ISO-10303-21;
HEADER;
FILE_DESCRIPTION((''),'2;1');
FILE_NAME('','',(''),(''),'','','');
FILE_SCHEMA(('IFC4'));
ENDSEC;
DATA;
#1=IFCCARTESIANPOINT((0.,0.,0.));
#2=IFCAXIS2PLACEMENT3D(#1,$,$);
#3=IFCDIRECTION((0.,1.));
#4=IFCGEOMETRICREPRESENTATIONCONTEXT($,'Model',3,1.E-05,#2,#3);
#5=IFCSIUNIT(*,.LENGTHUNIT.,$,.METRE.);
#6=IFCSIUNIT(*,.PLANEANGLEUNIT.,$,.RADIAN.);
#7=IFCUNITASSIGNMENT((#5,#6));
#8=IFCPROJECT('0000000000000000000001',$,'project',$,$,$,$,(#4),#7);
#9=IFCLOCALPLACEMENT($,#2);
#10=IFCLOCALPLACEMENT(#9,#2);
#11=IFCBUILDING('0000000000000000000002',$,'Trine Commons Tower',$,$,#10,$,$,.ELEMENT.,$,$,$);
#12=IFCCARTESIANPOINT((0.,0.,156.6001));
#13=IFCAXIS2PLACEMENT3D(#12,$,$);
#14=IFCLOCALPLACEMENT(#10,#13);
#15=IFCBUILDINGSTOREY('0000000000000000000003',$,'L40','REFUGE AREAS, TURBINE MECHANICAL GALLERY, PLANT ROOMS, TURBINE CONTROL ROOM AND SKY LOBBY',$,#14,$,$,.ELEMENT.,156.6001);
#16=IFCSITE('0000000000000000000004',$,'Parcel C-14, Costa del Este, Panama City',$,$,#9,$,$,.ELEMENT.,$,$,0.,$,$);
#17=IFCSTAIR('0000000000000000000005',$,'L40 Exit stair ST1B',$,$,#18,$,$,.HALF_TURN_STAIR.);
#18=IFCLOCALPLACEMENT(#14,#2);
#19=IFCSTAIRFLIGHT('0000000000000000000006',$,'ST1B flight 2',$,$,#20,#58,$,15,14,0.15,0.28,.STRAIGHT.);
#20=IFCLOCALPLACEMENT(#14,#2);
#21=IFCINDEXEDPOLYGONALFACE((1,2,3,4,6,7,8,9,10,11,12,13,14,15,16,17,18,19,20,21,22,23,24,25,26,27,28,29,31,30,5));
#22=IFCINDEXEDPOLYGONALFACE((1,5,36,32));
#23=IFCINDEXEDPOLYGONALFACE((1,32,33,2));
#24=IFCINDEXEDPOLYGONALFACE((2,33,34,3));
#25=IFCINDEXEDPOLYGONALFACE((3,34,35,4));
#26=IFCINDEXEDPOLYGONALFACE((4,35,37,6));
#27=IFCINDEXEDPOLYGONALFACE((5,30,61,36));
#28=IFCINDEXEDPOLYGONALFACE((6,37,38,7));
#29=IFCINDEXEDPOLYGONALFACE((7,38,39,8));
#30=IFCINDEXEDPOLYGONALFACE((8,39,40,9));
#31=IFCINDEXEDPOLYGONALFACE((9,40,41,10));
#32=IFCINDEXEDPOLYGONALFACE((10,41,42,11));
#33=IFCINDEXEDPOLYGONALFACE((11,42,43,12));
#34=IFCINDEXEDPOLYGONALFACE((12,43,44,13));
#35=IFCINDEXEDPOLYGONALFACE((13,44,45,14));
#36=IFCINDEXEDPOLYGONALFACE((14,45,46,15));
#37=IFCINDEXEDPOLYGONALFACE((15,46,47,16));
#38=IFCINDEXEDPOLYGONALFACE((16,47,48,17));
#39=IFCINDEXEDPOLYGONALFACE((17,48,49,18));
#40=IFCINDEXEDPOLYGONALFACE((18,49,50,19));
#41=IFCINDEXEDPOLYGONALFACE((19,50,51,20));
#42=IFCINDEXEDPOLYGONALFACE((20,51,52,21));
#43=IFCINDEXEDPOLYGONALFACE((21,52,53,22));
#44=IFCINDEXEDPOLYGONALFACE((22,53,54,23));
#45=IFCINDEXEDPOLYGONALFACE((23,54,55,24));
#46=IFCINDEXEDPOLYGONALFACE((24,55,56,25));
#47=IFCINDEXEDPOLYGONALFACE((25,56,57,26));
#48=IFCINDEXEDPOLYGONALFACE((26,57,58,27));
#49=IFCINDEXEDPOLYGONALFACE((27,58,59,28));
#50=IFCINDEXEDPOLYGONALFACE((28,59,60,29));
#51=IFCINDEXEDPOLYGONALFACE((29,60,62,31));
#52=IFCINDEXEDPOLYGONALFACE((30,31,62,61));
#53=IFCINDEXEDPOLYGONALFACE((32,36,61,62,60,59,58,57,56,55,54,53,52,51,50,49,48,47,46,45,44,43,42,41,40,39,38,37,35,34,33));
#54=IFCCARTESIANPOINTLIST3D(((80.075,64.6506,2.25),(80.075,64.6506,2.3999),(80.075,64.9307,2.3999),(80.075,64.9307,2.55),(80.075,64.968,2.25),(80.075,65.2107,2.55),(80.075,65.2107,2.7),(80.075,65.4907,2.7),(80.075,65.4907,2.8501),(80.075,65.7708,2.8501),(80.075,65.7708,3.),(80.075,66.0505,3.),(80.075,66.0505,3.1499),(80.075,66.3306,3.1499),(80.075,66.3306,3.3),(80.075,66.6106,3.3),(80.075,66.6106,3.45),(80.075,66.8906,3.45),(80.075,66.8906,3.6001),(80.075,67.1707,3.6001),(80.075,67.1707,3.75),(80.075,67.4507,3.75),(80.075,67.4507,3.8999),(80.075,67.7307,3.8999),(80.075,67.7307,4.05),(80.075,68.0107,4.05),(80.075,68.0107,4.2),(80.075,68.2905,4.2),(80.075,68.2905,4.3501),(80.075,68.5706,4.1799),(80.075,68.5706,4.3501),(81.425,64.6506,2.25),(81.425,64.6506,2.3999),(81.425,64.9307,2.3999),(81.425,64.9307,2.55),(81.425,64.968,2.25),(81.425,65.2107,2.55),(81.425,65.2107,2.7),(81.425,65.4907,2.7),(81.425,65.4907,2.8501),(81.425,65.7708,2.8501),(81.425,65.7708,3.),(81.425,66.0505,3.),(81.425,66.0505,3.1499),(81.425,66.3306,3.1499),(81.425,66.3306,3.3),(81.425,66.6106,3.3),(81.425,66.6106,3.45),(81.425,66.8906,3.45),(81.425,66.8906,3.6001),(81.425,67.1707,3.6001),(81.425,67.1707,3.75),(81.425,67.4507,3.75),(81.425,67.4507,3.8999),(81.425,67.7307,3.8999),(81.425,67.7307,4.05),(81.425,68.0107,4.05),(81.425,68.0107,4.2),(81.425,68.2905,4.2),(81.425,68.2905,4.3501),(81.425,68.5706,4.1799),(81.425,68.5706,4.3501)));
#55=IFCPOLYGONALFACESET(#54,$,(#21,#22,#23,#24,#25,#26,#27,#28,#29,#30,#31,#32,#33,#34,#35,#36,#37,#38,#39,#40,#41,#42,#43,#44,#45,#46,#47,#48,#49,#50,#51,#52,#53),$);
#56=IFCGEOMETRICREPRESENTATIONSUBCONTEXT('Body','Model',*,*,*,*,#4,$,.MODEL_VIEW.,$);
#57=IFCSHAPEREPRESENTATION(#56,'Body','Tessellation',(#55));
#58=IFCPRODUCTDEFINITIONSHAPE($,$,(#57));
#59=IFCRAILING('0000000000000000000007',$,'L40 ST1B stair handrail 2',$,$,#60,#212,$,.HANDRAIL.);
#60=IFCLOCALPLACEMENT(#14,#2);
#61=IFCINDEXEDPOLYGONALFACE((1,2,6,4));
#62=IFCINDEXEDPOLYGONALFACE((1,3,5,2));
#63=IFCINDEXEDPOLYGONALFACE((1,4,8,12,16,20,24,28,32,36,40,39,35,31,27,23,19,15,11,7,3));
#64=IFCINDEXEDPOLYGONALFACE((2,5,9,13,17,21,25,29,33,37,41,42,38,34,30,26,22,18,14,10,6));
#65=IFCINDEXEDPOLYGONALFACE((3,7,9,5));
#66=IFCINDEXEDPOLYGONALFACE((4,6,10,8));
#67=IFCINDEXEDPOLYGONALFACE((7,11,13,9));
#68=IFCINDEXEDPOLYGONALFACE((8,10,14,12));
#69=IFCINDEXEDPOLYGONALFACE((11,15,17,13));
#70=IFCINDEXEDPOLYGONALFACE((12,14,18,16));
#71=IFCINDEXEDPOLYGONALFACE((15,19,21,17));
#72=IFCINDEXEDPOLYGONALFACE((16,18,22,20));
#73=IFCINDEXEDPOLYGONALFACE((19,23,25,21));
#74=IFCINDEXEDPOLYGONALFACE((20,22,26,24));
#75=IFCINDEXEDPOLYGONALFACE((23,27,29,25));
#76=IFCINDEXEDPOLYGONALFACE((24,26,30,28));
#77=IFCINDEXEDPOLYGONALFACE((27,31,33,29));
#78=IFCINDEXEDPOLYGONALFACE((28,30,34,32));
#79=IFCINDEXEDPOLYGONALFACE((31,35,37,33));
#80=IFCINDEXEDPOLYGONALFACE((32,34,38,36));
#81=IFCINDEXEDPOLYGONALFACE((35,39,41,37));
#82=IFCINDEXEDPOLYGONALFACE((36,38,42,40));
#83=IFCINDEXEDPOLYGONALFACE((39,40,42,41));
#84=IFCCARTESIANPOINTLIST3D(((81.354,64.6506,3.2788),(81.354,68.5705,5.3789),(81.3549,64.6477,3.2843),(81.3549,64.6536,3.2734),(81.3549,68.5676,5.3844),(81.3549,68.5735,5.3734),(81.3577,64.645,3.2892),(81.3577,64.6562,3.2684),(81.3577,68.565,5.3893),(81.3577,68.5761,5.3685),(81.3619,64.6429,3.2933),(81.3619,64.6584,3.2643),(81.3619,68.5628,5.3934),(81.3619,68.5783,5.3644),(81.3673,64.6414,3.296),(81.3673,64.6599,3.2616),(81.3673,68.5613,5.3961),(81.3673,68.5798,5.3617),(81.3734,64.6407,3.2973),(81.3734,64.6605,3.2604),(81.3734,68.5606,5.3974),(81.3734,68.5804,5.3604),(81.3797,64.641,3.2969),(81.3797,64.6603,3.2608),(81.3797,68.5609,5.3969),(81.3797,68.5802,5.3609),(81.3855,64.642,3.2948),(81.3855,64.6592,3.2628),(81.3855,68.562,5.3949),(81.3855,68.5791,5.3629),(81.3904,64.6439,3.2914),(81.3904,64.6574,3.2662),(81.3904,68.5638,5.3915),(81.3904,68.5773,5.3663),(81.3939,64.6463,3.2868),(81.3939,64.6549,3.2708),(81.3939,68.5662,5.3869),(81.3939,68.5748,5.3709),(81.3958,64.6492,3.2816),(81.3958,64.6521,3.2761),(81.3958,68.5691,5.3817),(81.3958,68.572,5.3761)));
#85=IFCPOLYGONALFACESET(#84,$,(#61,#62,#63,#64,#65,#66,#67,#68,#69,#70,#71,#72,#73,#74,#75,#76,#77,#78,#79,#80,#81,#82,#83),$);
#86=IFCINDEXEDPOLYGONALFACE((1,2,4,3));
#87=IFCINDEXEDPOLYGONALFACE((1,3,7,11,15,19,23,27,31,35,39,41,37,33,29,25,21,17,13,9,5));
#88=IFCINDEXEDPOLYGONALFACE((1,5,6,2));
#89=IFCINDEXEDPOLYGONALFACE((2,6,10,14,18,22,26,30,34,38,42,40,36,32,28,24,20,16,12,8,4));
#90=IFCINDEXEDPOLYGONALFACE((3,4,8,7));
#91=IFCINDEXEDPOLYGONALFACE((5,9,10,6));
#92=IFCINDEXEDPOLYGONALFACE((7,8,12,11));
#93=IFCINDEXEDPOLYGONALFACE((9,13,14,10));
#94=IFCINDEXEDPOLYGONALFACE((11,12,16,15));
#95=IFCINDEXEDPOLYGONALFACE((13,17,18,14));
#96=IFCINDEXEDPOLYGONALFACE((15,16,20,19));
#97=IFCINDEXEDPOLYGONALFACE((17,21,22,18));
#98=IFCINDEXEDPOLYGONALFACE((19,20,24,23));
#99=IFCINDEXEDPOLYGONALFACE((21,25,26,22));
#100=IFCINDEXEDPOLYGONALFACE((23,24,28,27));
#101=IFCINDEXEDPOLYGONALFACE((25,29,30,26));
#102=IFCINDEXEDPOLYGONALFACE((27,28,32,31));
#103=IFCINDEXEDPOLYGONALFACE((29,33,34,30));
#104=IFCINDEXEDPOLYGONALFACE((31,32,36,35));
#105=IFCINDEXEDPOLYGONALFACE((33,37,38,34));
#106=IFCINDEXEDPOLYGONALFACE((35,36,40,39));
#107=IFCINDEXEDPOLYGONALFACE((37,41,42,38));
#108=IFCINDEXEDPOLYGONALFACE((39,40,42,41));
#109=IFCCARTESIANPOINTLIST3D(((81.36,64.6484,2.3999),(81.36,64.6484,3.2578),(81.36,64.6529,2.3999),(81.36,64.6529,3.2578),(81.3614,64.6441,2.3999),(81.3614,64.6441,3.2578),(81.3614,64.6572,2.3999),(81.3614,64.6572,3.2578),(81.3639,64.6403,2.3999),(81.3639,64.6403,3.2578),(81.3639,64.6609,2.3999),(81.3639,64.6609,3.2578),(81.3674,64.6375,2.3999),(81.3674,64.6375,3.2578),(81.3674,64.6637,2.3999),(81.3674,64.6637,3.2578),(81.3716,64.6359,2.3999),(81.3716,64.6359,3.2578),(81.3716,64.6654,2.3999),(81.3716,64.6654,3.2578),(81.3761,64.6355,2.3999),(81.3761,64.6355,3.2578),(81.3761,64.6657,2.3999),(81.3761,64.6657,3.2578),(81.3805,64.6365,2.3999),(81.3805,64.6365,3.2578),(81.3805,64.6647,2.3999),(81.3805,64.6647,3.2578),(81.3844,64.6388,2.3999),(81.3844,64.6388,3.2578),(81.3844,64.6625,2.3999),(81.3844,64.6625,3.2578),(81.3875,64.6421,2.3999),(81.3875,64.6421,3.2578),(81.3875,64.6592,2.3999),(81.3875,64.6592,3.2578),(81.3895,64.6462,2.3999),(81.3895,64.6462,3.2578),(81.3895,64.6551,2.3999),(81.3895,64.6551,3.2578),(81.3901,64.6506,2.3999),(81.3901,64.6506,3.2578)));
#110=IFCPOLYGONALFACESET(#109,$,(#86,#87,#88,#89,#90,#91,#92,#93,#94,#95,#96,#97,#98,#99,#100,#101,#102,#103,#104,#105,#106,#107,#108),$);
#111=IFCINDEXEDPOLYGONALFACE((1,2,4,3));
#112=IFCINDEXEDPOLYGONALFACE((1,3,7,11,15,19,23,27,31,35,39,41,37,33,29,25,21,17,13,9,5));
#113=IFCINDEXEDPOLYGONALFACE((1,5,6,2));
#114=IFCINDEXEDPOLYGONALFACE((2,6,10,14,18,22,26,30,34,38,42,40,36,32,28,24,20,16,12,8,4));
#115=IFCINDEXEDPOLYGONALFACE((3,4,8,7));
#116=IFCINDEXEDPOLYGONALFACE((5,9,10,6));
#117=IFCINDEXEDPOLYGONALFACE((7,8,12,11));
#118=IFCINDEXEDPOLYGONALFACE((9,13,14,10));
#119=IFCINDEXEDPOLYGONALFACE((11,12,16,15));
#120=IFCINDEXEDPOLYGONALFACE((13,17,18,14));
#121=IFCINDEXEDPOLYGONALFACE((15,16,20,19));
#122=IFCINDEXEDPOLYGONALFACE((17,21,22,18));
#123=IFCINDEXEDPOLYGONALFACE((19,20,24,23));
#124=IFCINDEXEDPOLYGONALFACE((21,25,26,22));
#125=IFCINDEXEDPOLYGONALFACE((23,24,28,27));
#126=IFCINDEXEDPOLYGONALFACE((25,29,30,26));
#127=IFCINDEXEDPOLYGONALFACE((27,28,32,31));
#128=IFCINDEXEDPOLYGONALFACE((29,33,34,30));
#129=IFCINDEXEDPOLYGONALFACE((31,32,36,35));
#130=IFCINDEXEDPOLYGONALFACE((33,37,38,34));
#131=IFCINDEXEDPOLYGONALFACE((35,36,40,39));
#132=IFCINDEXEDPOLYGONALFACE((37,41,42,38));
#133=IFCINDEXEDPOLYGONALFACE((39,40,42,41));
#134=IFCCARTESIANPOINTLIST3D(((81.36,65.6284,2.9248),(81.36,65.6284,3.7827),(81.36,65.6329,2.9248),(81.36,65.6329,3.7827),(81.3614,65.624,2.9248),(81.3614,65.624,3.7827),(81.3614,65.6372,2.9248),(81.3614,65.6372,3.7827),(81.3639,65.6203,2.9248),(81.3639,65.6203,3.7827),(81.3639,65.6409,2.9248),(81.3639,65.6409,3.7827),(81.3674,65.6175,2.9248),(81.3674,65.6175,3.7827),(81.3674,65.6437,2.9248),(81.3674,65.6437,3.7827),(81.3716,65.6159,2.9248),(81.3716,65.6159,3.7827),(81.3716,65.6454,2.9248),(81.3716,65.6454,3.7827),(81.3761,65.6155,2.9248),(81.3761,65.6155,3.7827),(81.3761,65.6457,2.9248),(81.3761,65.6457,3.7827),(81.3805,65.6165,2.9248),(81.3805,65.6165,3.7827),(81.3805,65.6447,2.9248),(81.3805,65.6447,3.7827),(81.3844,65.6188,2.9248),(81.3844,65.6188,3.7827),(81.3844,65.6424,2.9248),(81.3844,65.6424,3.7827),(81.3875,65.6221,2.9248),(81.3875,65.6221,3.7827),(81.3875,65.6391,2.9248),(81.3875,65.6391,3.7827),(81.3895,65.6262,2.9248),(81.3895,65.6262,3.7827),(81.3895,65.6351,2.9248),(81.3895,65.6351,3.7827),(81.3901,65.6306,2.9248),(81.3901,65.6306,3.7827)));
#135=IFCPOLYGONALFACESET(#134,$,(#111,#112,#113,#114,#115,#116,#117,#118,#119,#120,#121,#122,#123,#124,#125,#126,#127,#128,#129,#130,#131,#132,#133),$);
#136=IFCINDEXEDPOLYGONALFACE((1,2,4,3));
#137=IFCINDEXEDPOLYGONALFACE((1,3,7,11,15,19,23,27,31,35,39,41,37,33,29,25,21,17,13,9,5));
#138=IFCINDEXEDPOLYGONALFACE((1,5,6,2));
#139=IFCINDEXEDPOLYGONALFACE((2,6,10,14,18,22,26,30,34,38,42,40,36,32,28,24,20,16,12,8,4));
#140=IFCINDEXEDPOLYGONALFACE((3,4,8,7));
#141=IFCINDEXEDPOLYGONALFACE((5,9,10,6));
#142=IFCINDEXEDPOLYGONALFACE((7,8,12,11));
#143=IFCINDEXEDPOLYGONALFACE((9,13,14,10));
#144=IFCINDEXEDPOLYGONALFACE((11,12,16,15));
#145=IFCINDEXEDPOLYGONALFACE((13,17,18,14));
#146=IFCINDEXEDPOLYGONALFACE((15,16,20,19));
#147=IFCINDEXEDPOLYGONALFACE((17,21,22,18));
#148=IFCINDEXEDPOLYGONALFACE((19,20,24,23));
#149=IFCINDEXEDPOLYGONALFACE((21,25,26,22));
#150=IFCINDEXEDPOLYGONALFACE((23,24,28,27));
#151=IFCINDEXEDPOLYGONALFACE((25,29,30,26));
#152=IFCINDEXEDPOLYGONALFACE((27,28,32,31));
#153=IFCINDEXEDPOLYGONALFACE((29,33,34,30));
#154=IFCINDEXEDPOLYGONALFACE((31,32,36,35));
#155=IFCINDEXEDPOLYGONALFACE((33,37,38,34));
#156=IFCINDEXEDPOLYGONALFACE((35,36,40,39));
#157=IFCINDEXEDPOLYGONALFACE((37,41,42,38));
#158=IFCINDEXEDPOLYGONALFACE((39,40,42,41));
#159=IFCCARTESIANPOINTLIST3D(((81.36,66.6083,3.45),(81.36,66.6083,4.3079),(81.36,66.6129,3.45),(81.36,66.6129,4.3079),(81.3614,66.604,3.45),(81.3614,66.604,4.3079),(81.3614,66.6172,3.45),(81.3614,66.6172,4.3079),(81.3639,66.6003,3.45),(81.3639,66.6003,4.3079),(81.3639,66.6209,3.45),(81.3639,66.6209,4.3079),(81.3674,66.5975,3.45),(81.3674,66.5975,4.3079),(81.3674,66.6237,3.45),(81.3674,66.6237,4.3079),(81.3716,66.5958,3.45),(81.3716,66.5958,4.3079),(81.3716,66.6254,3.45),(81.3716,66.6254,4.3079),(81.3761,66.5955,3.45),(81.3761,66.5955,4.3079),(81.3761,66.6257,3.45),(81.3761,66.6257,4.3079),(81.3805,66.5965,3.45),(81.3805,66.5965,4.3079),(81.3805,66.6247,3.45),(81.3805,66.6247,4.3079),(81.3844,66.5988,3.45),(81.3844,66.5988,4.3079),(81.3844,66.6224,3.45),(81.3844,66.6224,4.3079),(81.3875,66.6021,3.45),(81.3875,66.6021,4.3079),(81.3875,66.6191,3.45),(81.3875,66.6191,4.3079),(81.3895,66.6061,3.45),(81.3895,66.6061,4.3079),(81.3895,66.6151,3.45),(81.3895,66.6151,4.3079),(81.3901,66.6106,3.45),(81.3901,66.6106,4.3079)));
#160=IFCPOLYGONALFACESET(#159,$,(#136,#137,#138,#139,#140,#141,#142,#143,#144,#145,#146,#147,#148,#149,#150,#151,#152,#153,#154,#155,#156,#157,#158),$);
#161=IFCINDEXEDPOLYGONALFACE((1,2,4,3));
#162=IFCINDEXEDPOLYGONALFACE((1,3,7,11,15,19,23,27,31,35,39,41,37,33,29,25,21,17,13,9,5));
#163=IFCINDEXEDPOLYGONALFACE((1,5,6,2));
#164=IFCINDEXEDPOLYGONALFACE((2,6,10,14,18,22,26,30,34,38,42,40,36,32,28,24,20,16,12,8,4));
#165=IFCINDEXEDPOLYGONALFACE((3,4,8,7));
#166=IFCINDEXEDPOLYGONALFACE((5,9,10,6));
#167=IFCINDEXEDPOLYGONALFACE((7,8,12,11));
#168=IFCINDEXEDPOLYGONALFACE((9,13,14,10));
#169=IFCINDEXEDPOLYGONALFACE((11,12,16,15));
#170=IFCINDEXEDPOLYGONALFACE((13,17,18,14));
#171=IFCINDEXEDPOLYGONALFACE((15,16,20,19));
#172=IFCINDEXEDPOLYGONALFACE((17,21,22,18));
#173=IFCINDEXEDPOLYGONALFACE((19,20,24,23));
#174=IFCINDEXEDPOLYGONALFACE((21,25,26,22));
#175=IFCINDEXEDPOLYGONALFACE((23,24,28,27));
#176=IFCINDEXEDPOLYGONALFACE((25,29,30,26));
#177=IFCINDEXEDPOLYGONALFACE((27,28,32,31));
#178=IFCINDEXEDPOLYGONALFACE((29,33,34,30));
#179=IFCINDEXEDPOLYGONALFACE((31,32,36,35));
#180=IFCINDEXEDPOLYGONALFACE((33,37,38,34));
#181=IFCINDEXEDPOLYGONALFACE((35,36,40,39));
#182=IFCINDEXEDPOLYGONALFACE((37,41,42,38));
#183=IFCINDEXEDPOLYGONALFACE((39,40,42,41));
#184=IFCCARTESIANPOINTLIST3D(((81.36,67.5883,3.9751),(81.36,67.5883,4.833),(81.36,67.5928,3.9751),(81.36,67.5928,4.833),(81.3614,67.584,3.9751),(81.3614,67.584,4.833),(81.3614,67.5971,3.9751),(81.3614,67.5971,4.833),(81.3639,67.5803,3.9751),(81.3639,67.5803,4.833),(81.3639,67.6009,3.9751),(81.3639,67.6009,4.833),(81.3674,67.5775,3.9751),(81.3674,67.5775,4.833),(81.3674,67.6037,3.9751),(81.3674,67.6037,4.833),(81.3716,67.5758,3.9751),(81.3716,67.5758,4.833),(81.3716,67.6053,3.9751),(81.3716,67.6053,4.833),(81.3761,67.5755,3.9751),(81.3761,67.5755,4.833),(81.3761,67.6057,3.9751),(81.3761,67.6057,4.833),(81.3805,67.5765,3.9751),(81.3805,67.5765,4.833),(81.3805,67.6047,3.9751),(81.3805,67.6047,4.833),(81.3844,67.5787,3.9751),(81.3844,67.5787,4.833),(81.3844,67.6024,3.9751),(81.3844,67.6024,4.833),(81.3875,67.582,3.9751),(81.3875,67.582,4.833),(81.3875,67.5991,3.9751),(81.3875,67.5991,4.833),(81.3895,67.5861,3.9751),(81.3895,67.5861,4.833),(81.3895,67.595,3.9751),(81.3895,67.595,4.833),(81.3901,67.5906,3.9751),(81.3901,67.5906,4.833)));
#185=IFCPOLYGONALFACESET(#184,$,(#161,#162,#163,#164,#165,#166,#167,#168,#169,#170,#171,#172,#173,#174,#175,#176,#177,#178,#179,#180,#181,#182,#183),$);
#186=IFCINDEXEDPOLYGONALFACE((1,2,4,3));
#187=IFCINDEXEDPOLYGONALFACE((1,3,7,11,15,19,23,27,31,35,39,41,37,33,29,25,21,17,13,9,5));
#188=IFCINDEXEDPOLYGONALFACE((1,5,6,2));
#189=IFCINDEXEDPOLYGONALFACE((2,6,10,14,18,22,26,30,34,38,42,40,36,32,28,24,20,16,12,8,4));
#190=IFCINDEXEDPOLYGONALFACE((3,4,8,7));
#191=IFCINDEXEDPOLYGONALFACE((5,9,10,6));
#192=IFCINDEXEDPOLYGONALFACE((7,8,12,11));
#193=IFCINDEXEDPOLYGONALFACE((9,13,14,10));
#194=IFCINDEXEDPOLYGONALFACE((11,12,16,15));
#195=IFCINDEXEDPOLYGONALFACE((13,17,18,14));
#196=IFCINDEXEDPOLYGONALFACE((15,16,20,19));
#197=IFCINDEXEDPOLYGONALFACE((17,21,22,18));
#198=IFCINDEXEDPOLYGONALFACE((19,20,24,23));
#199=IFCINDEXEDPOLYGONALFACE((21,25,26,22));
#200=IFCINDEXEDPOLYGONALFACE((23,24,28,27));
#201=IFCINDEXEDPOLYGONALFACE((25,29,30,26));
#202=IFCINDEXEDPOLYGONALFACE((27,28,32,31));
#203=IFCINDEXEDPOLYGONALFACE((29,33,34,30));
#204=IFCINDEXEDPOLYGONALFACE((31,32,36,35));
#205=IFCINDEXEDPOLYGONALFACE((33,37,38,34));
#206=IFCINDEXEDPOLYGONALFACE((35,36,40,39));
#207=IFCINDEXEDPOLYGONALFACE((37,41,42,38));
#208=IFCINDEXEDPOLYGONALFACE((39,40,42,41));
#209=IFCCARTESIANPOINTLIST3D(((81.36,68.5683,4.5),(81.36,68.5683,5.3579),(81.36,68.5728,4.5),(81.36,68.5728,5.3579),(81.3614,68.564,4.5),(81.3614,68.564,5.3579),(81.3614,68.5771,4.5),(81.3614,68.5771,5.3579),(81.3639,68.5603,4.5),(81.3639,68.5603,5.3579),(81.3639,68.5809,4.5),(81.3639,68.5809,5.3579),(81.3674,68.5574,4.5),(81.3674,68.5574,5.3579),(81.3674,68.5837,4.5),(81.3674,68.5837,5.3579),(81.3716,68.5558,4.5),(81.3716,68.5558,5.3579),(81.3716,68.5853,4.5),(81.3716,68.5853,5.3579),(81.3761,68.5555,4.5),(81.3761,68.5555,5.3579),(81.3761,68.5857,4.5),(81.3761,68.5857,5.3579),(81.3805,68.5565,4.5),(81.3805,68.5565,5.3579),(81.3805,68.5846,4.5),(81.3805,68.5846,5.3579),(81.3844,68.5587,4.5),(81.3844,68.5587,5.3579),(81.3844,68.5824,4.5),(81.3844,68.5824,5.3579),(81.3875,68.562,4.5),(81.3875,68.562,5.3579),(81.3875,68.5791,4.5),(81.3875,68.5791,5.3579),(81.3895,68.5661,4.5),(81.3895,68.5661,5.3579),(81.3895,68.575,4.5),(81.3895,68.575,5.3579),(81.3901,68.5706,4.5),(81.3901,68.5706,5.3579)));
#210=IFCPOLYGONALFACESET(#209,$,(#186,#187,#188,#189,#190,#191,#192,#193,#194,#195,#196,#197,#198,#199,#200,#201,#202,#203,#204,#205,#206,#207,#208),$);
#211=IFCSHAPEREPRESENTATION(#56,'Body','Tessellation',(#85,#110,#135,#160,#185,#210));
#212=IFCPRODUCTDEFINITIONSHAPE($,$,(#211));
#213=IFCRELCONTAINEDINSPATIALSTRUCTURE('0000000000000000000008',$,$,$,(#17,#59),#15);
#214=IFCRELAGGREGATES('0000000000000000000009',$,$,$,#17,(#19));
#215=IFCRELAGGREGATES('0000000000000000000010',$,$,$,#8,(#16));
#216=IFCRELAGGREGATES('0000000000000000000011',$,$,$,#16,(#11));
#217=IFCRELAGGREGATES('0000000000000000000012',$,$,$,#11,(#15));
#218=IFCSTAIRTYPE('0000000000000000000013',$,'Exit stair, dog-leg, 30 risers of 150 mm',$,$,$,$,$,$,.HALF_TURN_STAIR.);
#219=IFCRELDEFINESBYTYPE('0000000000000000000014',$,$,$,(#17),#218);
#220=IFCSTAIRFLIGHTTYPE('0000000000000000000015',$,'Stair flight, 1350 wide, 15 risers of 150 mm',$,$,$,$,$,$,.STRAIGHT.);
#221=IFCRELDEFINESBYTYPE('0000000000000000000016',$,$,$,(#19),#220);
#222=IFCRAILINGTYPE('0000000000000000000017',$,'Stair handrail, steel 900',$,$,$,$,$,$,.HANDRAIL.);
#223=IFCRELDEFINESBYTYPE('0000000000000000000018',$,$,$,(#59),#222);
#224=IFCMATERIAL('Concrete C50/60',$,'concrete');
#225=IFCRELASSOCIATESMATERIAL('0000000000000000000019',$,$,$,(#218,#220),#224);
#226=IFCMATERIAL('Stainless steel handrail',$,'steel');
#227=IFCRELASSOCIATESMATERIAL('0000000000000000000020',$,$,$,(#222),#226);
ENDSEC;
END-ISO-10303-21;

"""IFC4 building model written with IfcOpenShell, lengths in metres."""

from ifc_helpers import new_model, si_unit, direction, frame, origin, origin_2d, place, context, subcontext, project, spatial, polyline, circle, outline, extrude, material, type_object, element, aggregate, save


model = new_model("IFC4")

# Units and contexts
model_context = context("Model", 3, precision=1e-05, world=origin(), true_north=direction((0.0, 1.0)))
body_context = subcontext(model_context, "Body", "Model", "MODEL_VIEW")
ifc_project = project(units=[si_unit("LENGTHUNIT", "METRE"), si_unit("PLANEANGLEUNIT", "RADIAN")], contexts=[model_context])

# Site, building, storey
site_placement = place(None, origin())
site = spatial("IfcSite", under=ifc_project, at=site_placement, Name="Parcel C-14, Costa del Este, Panama City", CompositionType="ELEMENT", RefElevation=0.0)
building_placement = place(site_placement, origin())
building = spatial("IfcBuilding", under=site, at=building_placement, Name="Trine Commons Tower", CompositionType="ELEMENT")
storey_placement = place(building_placement, frame((0.0, 0.0, 156.6001)))
storey = spatial("IfcBuildingStorey", under=building, at=storey_placement, Name="L40", Description="REFUGE AREAS, TURBINE MECHANICAL GALLERY, PLANT ROOMS, TURBINE CONTROL ROOM AND SKY LOBBY", CompositionType="ELEMENT", Elevation=156.6001)

# Stair, stair flight
ifc_material_1 = material(Name="Concrete C50/60", Category="concrete")
stair_type = type_object("IfcStairType", Name="Exit stair, dog-leg, 30 risers of 150 mm", PredefinedType="HALF_TURN_STAIR", material=ifc_material_1)
stair_placement = place(storey_placement, origin())
stair = element("IfcStair", 1, at=stair_placement, inside=storey, type_object=stair_type, Name="L40 Exit stair ST1B", PredefinedType="HALF_TURN_STAIR")
stair_flight_type = type_object("IfcStairFlightType", Name="Stair flight, 1350 wide, 15 risers of 150 mm", PredefinedType="STRAIGHT", material=ifc_material_1)
stair_flight_placement = place(storey_placement, frame((80.75, 64.6506, 2.25), z_axis=(0.0, 0.0, 1.0), x_axis=(0.0, 1.0, 0.0)))
stair_flight = element("IfcStairFlight", 2, at=stair_flight_placement, type_object=stair_flight_type, Name="ST1B flight 2", NumberOfRisers=15, NumberOfTreads=14, PredefinedType="STRAIGHT", RiserHeight=0.15, TreadLength=0.28, context=body_context, shape_type="SweptSolid", body=[
    extrude(outline(polyline([(0.0, 0.0), (0.0, 0.1499), (0.28, 0.1499), (0.28, 0.3), (0.5601, 0.3), (0.5601, 0.45), (0.8401, 0.45), (0.8401, 0.6001), (1.1201, 0.6001), (1.1201, 0.75), (1.3999, 0.75), (1.3999, 0.8999), (1.6799, 0.8999), (1.6799, 1.05), (1.96, 1.05), (1.96, 1.2), (2.24, 1.2), (2.24, 1.3501), (2.52, 1.3501), (2.52, 1.5), (2.8, 1.5), (2.8, 1.6499), (3.0801, 1.6499), (3.0801, 1.8), (3.3601, 1.8), (3.3601, 1.95), (3.6399, 1.95), (3.6399, 2.1001), (3.9199, 2.1001), (3.9199, 2.25), (3.9199, 1.9299), (0.3174, 0.0), (0.0, 0.0)])), frame((0.0, 0.675, 0.0), z_axis=(0.0, -1.0, 0.0), x_axis=(1.0, 0.0, 0.0)), (0.0, 0.0, 1.0), 1.3501),
])
aggregate(stair, [stair_flight])

# Railing
ifc_material_2 = material(Name="Stainless steel handrail", Category="steel")
railing_type = type_object("IfcRailingType", Name="Stair handrail, steel 900", PredefinedType="HANDRAIL", material=ifc_material_2)
railing_placement = place(storey_placement, frame((81.375, 64.6506, 2.3999)))
element("IfcRailing", 3, at=railing_placement, inside=storey, type_object=railing_type, Name="L40 ST1B stair handrail 2", PredefinedType="HANDRAIL", context=body_context, shape_type="SweptSolid", body=[
    extrude(circle(Radius=0.021, at=origin_2d()), frame((0.0, 0.0, 0.8789), z_axis=(0.0, 0.881467, 0.472246), x_axis=(-1.0, 0.0, 0.0)), (0.0, 0.0, 1.0), 4.447),
    extrude(circle(Radius=0.0151, at=origin_2d()), origin(), (0.0, 0.0, 1.0), 0.8579),
    extrude(circle(Radius=0.0151, at=origin_2d()), frame((0.0, 0.98, 0.5249)), (0.0, 0.0, 1.0), 0.8579),
    extrude(circle(Radius=0.0151, at=origin_2d()), frame((0.0, 1.96, 1.05)), (0.0, 0.0, 1.0), 0.8579),
    extrude(circle(Radius=0.0151, at=origin_2d()), frame((0.0, 2.9399, 1.5752)), (0.0, 0.0, 1.0), 0.8579),
    extrude(circle(Radius=0.0151, at=origin_2d()), frame((0.0, 3.9199, 2.1001)), (0.0, 0.0, 1.0), 0.8579),
])

save(model, "model.ifc")
